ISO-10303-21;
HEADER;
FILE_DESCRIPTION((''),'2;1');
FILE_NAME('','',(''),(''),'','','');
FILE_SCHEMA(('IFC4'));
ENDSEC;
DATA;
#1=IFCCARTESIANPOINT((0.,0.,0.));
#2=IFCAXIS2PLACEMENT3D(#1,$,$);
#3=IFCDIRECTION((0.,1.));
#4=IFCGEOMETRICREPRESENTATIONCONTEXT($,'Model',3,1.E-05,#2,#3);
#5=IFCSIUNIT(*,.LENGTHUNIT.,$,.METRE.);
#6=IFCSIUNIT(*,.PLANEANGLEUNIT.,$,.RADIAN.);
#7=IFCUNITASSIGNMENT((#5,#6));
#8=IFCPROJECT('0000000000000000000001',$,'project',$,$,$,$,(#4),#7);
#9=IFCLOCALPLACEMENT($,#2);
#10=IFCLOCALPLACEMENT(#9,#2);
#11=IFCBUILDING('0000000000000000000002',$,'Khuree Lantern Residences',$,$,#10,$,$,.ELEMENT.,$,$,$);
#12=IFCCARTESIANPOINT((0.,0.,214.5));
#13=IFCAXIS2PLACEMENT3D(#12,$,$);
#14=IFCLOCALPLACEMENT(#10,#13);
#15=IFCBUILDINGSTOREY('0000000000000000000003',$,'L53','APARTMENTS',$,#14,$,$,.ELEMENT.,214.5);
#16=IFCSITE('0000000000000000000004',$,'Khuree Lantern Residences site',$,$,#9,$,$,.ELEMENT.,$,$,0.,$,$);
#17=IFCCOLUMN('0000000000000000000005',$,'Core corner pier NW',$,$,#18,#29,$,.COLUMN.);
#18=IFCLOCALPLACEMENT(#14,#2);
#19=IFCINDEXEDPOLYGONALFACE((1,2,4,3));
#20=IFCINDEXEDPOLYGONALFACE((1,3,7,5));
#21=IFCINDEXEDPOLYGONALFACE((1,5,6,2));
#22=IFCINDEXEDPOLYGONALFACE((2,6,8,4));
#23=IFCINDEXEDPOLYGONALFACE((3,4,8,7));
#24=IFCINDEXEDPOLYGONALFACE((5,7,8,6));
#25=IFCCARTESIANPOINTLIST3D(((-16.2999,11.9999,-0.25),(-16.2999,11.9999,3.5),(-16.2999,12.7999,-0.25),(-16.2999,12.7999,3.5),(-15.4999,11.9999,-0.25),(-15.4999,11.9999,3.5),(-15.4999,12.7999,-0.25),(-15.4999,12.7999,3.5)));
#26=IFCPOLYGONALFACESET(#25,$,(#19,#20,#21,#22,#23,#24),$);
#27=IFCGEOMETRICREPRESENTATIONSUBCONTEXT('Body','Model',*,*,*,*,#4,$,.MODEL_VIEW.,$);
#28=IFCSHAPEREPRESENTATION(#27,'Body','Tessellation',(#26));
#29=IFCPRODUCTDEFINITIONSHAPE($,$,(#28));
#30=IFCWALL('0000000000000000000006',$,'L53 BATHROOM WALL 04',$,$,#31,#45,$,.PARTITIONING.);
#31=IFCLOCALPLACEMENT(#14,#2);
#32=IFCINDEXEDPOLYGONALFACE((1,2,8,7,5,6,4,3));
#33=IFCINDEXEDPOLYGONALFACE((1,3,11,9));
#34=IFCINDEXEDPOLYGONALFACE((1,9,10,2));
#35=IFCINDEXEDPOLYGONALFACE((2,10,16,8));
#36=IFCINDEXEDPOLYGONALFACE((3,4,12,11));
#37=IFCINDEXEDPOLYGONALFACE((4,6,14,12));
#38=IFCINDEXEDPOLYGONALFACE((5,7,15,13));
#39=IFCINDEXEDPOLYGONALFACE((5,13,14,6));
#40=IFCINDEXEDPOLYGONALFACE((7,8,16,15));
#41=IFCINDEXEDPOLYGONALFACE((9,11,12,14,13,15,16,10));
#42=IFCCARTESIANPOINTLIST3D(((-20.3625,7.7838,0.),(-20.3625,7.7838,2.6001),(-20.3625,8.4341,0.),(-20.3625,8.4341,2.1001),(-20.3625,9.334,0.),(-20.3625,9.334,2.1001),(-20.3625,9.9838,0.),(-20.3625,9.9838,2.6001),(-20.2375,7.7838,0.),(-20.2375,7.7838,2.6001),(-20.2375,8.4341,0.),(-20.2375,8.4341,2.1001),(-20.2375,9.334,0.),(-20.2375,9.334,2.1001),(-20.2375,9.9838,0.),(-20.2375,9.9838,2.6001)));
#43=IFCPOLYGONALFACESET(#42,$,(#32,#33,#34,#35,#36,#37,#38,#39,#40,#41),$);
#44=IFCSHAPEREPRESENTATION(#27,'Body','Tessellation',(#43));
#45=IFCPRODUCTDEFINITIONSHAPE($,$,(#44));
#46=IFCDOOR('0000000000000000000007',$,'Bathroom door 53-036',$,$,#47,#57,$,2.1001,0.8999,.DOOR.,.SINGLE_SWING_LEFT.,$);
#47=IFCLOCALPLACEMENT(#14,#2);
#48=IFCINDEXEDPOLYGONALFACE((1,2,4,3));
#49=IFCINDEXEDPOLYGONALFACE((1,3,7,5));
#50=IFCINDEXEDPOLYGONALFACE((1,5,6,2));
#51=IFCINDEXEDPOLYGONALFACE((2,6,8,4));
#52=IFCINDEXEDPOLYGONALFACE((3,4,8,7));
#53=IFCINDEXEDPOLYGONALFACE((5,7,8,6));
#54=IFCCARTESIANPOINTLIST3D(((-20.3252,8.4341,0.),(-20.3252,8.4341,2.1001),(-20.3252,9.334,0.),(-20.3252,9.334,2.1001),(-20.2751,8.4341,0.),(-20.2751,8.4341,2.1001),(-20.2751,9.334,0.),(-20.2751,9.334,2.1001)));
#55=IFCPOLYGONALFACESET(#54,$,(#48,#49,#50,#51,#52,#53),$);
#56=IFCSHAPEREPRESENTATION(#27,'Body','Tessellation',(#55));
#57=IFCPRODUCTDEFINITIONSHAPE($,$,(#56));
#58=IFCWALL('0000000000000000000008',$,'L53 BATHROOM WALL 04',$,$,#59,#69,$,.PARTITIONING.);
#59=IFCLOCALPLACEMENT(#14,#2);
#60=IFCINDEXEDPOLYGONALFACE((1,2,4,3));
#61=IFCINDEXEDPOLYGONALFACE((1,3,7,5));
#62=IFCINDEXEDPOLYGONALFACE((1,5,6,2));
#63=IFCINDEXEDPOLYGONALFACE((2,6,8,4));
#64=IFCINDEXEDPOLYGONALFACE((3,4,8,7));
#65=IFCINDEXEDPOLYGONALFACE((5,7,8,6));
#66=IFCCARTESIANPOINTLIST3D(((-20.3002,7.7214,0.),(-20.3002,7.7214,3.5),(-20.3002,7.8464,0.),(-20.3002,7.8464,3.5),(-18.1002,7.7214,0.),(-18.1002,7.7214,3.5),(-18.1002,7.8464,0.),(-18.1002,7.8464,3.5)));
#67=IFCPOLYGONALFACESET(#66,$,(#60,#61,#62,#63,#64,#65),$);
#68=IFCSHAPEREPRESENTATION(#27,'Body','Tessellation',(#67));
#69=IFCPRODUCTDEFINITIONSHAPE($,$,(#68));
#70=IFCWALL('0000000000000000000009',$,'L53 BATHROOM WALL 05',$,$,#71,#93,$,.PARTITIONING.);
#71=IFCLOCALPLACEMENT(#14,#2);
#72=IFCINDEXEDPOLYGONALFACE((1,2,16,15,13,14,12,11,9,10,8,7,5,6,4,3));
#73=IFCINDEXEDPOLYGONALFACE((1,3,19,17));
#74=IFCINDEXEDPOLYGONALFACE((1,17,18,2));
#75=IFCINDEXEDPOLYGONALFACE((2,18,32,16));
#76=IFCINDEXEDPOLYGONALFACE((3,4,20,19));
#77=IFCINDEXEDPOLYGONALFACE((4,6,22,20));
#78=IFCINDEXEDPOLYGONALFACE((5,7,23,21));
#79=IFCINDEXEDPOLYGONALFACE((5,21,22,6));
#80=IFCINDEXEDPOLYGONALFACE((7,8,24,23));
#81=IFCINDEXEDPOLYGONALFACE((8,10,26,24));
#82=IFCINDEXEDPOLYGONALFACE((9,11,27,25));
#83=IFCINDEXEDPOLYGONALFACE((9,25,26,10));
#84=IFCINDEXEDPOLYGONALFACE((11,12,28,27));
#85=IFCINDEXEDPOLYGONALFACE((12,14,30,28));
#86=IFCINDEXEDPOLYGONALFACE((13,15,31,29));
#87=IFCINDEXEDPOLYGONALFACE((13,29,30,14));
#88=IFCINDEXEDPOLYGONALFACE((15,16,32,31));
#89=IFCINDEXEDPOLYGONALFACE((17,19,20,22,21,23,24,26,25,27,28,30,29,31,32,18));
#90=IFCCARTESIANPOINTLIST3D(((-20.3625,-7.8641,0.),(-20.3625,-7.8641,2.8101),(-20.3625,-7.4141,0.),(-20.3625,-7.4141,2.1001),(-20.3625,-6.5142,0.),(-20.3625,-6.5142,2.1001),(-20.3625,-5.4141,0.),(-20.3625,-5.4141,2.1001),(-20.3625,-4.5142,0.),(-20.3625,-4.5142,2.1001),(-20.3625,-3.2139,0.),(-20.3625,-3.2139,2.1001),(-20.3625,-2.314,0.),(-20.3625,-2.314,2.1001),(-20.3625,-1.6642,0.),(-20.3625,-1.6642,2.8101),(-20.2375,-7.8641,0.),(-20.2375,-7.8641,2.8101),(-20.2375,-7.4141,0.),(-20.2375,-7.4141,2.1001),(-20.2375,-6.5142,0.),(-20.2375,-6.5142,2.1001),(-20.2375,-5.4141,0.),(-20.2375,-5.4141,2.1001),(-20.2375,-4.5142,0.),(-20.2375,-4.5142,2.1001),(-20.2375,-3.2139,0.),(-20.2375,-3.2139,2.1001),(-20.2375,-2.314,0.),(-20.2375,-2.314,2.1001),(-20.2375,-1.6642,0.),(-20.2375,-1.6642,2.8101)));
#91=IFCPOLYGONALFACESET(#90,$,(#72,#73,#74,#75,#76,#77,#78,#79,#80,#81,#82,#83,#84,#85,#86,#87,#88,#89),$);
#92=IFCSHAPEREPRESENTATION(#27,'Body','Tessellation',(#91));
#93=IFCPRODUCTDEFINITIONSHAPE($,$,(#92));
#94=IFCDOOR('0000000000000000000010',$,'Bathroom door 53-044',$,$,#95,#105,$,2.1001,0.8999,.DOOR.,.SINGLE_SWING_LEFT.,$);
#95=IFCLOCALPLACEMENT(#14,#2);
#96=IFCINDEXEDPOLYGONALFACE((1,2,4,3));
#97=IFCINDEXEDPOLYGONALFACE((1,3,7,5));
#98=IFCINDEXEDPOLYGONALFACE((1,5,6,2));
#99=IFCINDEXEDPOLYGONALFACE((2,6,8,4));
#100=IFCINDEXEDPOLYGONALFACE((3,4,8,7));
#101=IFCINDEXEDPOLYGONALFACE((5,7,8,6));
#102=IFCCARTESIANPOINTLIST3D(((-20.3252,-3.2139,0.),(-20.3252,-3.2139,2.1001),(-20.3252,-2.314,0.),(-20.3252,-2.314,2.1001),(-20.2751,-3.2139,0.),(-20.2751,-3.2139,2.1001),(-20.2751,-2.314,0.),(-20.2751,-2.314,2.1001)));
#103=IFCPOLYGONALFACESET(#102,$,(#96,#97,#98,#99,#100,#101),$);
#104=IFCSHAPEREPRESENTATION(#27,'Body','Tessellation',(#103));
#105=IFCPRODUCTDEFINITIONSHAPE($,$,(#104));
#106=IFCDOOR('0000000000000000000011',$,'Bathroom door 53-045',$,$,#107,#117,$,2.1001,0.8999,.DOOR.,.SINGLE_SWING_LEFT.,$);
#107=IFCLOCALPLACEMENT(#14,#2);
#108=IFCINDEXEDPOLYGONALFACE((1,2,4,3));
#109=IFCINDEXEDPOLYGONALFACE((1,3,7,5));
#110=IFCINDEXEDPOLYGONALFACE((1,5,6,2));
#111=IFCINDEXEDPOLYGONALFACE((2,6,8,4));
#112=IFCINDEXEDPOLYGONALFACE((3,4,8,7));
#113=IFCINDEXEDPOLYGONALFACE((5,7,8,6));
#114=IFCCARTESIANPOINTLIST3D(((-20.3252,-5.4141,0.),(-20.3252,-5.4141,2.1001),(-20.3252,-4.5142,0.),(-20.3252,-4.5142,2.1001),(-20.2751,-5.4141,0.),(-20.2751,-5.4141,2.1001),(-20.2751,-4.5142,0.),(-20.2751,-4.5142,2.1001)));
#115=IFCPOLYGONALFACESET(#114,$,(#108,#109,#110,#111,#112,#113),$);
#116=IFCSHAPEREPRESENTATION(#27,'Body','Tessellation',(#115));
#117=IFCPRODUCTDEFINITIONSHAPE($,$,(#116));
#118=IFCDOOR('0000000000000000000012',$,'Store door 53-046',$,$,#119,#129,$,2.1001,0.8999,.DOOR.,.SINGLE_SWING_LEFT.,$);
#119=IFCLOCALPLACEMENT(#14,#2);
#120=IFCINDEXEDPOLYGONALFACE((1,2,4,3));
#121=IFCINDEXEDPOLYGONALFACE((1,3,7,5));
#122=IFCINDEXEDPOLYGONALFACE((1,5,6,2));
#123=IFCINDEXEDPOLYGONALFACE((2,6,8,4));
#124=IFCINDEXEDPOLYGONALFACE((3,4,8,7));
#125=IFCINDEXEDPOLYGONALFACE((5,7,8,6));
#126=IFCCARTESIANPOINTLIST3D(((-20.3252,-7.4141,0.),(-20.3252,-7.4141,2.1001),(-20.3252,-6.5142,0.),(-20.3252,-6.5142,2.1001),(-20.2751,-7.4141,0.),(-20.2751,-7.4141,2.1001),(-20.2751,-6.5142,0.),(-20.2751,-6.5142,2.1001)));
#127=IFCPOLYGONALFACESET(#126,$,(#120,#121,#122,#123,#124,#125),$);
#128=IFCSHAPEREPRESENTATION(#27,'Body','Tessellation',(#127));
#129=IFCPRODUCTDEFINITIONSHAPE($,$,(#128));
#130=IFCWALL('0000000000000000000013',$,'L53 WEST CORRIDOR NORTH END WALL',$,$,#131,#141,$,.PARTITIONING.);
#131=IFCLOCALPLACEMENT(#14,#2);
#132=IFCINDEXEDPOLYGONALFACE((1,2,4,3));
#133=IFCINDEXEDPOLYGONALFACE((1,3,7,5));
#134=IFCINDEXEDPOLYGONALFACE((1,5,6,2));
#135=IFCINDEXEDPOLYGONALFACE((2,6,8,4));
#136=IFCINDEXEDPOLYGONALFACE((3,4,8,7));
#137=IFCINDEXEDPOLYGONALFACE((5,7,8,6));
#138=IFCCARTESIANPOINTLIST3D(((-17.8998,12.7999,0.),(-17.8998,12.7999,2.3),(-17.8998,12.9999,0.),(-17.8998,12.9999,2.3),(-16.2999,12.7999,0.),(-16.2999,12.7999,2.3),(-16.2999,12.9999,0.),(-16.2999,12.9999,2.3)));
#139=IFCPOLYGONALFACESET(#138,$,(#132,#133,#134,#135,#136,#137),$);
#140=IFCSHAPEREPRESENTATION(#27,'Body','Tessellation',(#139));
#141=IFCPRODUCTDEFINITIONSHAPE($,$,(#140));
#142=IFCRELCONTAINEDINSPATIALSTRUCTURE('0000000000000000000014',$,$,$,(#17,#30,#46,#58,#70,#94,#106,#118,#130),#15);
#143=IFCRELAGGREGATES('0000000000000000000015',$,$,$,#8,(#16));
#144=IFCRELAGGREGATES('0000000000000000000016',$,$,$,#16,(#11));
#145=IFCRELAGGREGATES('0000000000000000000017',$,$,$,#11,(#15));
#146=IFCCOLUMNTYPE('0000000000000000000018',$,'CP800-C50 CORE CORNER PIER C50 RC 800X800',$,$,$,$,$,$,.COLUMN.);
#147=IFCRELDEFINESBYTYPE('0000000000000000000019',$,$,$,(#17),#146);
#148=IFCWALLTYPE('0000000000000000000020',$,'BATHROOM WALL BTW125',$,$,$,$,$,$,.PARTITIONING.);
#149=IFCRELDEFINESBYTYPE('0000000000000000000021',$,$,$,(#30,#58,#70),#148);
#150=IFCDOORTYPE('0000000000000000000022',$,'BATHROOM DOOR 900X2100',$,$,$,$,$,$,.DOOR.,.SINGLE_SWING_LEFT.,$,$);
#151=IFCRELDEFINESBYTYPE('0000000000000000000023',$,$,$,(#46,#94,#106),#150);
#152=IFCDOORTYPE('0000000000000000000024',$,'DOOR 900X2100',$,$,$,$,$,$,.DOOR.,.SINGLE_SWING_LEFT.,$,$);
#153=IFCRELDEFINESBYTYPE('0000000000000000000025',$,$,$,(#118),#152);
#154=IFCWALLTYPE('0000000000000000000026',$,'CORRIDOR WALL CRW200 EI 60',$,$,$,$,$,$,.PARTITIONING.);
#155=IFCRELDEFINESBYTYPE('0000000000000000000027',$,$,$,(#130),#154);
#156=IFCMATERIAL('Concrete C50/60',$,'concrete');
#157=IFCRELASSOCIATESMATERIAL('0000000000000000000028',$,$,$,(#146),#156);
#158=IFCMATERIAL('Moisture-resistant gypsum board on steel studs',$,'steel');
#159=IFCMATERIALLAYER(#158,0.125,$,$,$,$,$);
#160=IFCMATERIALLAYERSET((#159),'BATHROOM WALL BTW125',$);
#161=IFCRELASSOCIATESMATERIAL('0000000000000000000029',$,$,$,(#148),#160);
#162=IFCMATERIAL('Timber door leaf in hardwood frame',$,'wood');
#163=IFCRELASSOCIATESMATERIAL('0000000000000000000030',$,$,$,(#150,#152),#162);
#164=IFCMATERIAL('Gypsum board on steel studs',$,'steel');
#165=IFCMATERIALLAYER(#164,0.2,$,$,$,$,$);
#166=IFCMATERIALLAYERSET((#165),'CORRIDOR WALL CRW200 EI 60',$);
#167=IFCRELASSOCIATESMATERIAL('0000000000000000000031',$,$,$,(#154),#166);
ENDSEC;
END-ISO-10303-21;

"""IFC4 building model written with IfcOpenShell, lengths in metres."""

from ifc_helpers import new_model, si_unit, direction, frame, frame_2d, origin, origin_2d, place, context, subcontext, project, spatial, rectangle, extrude, material, layer, layer_set, material_profile, profile_set, type_object, element, fill, save


model = new_model("IFC4")

# Units and contexts
model_context = context("Model", 3, precision=1e-05, world=origin(), true_north=direction((0.0, 1.0)))
body_context = subcontext(model_context, "Body", "Model", "MODEL_VIEW")
ifc_project = project(units=[si_unit("LENGTHUNIT", "METRE"), si_unit("PLANEANGLEUNIT", "RADIAN")], contexts=[model_context])

# Site, building, storey
site_placement = place(None, origin())
site = spatial("IfcSite", under=ifc_project, at=site_placement, Name="Khuree Lantern Residences site", CompositionType="ELEMENT", RefElevation=0.0)
building_placement = place(site_placement, origin())
building = spatial("IfcBuilding", under=site, at=building_placement, Name="Khuree Lantern Residences", CompositionType="ELEMENT")
storey_placement = place(building_placement, frame((0.0, 0.0, 214.5)))
storey = spatial("IfcBuildingStorey", under=building, at=storey_placement, Name="L53", Description="APARTMENTS", CompositionType="ELEMENT", Elevation=214.5)

# Column
ifc_material_1 = material(Name="Concrete C50/60", Category="concrete")
ifc_material_profile = material_profile(ifc_material_1, rectangle(XDim=0.8, YDim=0.8, at=origin_2d()), Name="RC 800X800")
ifc_profile_set = profile_set([ifc_material_profile], Name="Concrete C50/60")
column_type = type_object("IfcColumnType", Name="CP800-C50 CORE CORNER PIER C50 RC 800X800", PredefinedType="COLUMN", material=ifc_profile_set)
column_placement = place(storey_placement, frame((-15.8999, 12.3999, -0.25), z_axis=(0.0, 0.0, 1.0), x_axis=(1.0, 0.0, 0.0)))
element("IfcColumn", 1, at=column_placement, inside=storey, type_object=column_type, Name="Core corner pier NW", PredefinedType="COLUMN", context=body_context, shape_type="SweptSolid", body=[
    extrude(rectangle(XDim=0.8, YDim=0.8, at=origin_2d()), origin(), (0.0, 0.0, 1.0), 3.75),
])

# Wall, opening, door
ifc_material_2 = material(Name="Moisture-resistant gypsum board on steel studs", Category="steel")
ifc_layer_1 = layer(ifc_material_2, 0.125)
ifc_layer_set_1 = layer_set([ifc_layer_1], Name="BATHROOM WALL BTW125")
wall_type_1 = type_object("IfcWallType", Name="BATHROOM WALL BTW125", PredefinedType="PARTITIONING", material=ifc_layer_set_1)
wall_1_placement = place(storey_placement, frame((-20.3, 9.9839, 0.0), z_axis=(0.0, 0.0, 1.0), x_axis=(0.0, -1.0, 0.0)))
wall_1 = element("IfcWall", 2, at=wall_1_placement, inside=storey, type_object=wall_type_1, Name="L53 BATHROOM WALL 04", PredefinedType="PARTITIONING", context=body_context, shape_type="SweptSolid", body=[
    extrude(rectangle(XDim=2.2, YDim=0.125, at=frame_2d((1.1001, 0.0))), origin(), (0.0, 0.0, 1.0), 2.6001),
])
opening_1_placement = place(wall_1_placement, frame((0.6499, 0.0, 0.0)))
opening_1 = element("IfcOpeningElement", 3, at=opening_1_placement, cuts=wall_1, PredefinedType="OPENING", context=body_context, shape_type="SweptSolid", body=[
    extrude(rectangle(XDim=0.8999, YDim=2.1001, at=frame_2d((0.45, 1.05))), frame((0.0, 0.0725, 0.0), z_axis=(0.0, -1.0, 0.0), x_axis=(1.0, 0.0, 0.0)), (0.0, 0.0, 1.0), 0.145),
])
ifc_material_3 = material(Name="Timber door leaf in hardwood frame", Category="wood")
door_type_1 = type_object("IfcDoorType", Name="BATHROOM DOOR 900X2100", OperationType="SINGLE_SWING_LEFT", PredefinedType="DOOR", material=ifc_material_3)
door_1_placement = place(opening_1_placement, origin())
door_1 = element("IfcDoor", 4, at=door_1_placement, inside=storey, type_object=door_type_1, Name="Bathroom door 53-036", OperationType="SINGLE_SWING_LEFT", OverallHeight=2.1001, OverallWidth=0.8999, PredefinedType="DOOR", context=body_context, shape_type="SweptSolid", body=[
    extrude(rectangle(XDim=0.8999, YDim=2.1001, at=frame_2d((0.45, 1.05))), frame((0.0, 0.0249, 0.0), z_axis=(0.0, -1.0, 0.0), x_axis=(1.0, 0.0, 0.0)), (0.0, 0.0, 1.0), 0.05),
])
fill(opening_1, door_1)

# Wall
wall_2_placement = place(storey_placement, frame((-18.1001, 7.7839, 0.0), z_axis=(0.0, 0.0, 1.0), x_axis=(-1.0, 0.0, 0.0)))
element("IfcWall", 5, at=wall_2_placement, inside=storey, type_object=wall_type_1, Name="L53 BATHROOM WALL 04", PredefinedType="PARTITIONING", context=body_context, shape_type="SweptSolid", body=[
    extrude(rectangle(XDim=2.2, YDim=0.125, at=frame_2d((1.1001, 0.0))), origin(), (0.0, 0.0, 1.0), 3.5),
])

# Wall, openings, doors
wall_3_placement = place(storey_placement, frame((-20.3, -1.6641, 0.0), z_axis=(0.0, 0.0, 1.0), x_axis=(0.0, -1.0, 0.0)))
wall_3 = element("IfcWall", 6, at=wall_3_placement, inside=storey, type_object=wall_type_1, Name="L53 BATHROOM WALL 05", PredefinedType="PARTITIONING", context=body_context, shape_type="SweptSolid", body=[
    extrude(rectangle(XDim=6.2, YDim=0.125, at=frame_2d((3.1001, 0.0))), origin(), (0.0, 0.0, 1.0), 2.8101),
])
opening_2_placement = place(wall_3_placement, frame((0.6499, 0.0, 0.0)))
opening_2 = element("IfcOpeningElement", 7, at=opening_2_placement, cuts=wall_3, PredefinedType="OPENING", context=body_context, shape_type="SweptSolid", body=[
    extrude(rectangle(XDim=0.8999, YDim=2.1001, at=frame_2d((0.45, 1.05))), frame((0.0, 0.0725, 0.0), z_axis=(0.0, -1.0, 0.0), x_axis=(1.0, 0.0, 0.0)), (0.0, 0.0, 1.0), 0.145),
])
opening_3_placement = place(wall_3_placement, frame((2.8501, 0.0, 0.0)))
opening_3 = element("IfcOpeningElement", 8, at=opening_3_placement, cuts=wall_3, PredefinedType="OPENING", context=body_context, shape_type="SweptSolid", body=[
    extrude(rectangle(XDim=0.8999, YDim=2.1001, at=frame_2d((0.45, 1.05))), frame((0.0, 0.0725, 0.0), z_axis=(0.0, -1.0, 0.0), x_axis=(1.0, 0.0, 0.0)), (0.0, 0.0, 1.0), 0.145),
])
opening_4_placement = place(wall_3_placement, frame((4.8501, 0.0, 0.0)))
opening_4 = element("IfcOpeningElement", 9, at=opening_4_placement, cuts=wall_3, PredefinedType="OPENING", context=body_context, shape_type="SweptSolid", body=[
    extrude(rectangle(XDim=0.8999, YDim=2.1001, at=frame_2d((0.45, 1.05))), frame((0.0, 0.0725, 0.0), z_axis=(0.0, -1.0, 0.0), x_axis=(1.0, 0.0, 0.0)), (0.0, 0.0, 1.0), 0.145),
])
door_2_placement = place(opening_2_placement, origin())
door_2 = element("IfcDoor", 10, at=door_2_placement, inside=storey, type_object=door_type_1, Name="Bathroom door 53-044", OperationType="SINGLE_SWING_LEFT", OverallHeight=2.1001, OverallWidth=0.8999, PredefinedType="DOOR", context=body_context, shape_type="SweptSolid", body=[
    extrude(rectangle(XDim=0.8999, YDim=2.1001, at=frame_2d((0.45, 1.05))), frame((0.0, 0.0249, 0.0), z_axis=(0.0, -1.0, 0.0), x_axis=(1.0, 0.0, 0.0)), (0.0, 0.0, 1.0), 0.05),
])
fill(opening_2, door_2)
door_3_placement = place(opening_3_placement, origin())
door_3 = element("IfcDoor", 11, at=door_3_placement, inside=storey, type_object=door_type_1, Name="Bathroom door 53-045", OperationType="SINGLE_SWING_LEFT", OverallHeight=2.1001, OverallWidth=0.8999, PredefinedType="DOOR", context=body_context, shape_type="SweptSolid", body=[
    extrude(rectangle(XDim=0.8999, YDim=2.1001, at=frame_2d((0.45, 1.05))), frame((0.0, 0.0249, 0.0), z_axis=(0.0, -1.0, 0.0), x_axis=(1.0, 0.0, 0.0)), (0.0, 0.0, 1.0), 0.05),
])
fill(opening_3, door_3)
door_type_2 = type_object("IfcDoorType", Name="DOOR 900X2100", OperationType="SINGLE_SWING_LEFT", PredefinedType="DOOR", material=ifc_material_3)
door_4_placement = place(opening_4_placement, origin())
door_4 = element("IfcDoor", 12, at=door_4_placement, inside=storey, type_object=door_type_2, Name="Store door 53-046", OperationType="SINGLE_SWING_LEFT", OverallHeight=2.1001, OverallWidth=0.8999, PredefinedType="DOOR", context=body_context, shape_type="SweptSolid", body=[
    extrude(rectangle(XDim=0.8999, YDim=2.1001, at=frame_2d((0.45, 1.05))), frame((0.0, 0.0249, 0.0), z_axis=(0.0, -1.0, 0.0), x_axis=(1.0, 0.0, 0.0)), (0.0, 0.0, 1.0), 0.05),
])
fill(opening_4, door_4)

# Wall
ifc_material_4 = material(Name="Gypsum board on steel studs", Category="steel")
ifc_layer_2 = layer(ifc_material_4, 0.2)
ifc_layer_set_2 = layer_set([ifc_layer_2], Name="CORRIDOR WALL CRW200 EI 60")
wall_type_2 = type_object("IfcWallType", Name="CORRIDOR WALL CRW200 EI 60", PredefinedType="PARTITIONING", material=ifc_layer_set_2)
wall_4_placement = place(storey_placement, frame((-16.3, 12.8999, 0.0), z_axis=(0.0, 0.0, 1.0), x_axis=(-1.0, 0.0, 0.0)))
element("IfcWall", 13, at=wall_4_placement, inside=storey, type_object=wall_type_2, Name="L53 WEST CORRIDOR NORTH END WALL", PredefinedType="PARTITIONING", context=body_context, shape_type="SweptSolid", body=[
    extrude(rectangle(XDim=1.5999, YDim=0.2, at=frame_2d((0.7998, 0.0))), origin(), (0.0, 0.0, 1.0), 2.3),
])

save(model, "model.ifc")
